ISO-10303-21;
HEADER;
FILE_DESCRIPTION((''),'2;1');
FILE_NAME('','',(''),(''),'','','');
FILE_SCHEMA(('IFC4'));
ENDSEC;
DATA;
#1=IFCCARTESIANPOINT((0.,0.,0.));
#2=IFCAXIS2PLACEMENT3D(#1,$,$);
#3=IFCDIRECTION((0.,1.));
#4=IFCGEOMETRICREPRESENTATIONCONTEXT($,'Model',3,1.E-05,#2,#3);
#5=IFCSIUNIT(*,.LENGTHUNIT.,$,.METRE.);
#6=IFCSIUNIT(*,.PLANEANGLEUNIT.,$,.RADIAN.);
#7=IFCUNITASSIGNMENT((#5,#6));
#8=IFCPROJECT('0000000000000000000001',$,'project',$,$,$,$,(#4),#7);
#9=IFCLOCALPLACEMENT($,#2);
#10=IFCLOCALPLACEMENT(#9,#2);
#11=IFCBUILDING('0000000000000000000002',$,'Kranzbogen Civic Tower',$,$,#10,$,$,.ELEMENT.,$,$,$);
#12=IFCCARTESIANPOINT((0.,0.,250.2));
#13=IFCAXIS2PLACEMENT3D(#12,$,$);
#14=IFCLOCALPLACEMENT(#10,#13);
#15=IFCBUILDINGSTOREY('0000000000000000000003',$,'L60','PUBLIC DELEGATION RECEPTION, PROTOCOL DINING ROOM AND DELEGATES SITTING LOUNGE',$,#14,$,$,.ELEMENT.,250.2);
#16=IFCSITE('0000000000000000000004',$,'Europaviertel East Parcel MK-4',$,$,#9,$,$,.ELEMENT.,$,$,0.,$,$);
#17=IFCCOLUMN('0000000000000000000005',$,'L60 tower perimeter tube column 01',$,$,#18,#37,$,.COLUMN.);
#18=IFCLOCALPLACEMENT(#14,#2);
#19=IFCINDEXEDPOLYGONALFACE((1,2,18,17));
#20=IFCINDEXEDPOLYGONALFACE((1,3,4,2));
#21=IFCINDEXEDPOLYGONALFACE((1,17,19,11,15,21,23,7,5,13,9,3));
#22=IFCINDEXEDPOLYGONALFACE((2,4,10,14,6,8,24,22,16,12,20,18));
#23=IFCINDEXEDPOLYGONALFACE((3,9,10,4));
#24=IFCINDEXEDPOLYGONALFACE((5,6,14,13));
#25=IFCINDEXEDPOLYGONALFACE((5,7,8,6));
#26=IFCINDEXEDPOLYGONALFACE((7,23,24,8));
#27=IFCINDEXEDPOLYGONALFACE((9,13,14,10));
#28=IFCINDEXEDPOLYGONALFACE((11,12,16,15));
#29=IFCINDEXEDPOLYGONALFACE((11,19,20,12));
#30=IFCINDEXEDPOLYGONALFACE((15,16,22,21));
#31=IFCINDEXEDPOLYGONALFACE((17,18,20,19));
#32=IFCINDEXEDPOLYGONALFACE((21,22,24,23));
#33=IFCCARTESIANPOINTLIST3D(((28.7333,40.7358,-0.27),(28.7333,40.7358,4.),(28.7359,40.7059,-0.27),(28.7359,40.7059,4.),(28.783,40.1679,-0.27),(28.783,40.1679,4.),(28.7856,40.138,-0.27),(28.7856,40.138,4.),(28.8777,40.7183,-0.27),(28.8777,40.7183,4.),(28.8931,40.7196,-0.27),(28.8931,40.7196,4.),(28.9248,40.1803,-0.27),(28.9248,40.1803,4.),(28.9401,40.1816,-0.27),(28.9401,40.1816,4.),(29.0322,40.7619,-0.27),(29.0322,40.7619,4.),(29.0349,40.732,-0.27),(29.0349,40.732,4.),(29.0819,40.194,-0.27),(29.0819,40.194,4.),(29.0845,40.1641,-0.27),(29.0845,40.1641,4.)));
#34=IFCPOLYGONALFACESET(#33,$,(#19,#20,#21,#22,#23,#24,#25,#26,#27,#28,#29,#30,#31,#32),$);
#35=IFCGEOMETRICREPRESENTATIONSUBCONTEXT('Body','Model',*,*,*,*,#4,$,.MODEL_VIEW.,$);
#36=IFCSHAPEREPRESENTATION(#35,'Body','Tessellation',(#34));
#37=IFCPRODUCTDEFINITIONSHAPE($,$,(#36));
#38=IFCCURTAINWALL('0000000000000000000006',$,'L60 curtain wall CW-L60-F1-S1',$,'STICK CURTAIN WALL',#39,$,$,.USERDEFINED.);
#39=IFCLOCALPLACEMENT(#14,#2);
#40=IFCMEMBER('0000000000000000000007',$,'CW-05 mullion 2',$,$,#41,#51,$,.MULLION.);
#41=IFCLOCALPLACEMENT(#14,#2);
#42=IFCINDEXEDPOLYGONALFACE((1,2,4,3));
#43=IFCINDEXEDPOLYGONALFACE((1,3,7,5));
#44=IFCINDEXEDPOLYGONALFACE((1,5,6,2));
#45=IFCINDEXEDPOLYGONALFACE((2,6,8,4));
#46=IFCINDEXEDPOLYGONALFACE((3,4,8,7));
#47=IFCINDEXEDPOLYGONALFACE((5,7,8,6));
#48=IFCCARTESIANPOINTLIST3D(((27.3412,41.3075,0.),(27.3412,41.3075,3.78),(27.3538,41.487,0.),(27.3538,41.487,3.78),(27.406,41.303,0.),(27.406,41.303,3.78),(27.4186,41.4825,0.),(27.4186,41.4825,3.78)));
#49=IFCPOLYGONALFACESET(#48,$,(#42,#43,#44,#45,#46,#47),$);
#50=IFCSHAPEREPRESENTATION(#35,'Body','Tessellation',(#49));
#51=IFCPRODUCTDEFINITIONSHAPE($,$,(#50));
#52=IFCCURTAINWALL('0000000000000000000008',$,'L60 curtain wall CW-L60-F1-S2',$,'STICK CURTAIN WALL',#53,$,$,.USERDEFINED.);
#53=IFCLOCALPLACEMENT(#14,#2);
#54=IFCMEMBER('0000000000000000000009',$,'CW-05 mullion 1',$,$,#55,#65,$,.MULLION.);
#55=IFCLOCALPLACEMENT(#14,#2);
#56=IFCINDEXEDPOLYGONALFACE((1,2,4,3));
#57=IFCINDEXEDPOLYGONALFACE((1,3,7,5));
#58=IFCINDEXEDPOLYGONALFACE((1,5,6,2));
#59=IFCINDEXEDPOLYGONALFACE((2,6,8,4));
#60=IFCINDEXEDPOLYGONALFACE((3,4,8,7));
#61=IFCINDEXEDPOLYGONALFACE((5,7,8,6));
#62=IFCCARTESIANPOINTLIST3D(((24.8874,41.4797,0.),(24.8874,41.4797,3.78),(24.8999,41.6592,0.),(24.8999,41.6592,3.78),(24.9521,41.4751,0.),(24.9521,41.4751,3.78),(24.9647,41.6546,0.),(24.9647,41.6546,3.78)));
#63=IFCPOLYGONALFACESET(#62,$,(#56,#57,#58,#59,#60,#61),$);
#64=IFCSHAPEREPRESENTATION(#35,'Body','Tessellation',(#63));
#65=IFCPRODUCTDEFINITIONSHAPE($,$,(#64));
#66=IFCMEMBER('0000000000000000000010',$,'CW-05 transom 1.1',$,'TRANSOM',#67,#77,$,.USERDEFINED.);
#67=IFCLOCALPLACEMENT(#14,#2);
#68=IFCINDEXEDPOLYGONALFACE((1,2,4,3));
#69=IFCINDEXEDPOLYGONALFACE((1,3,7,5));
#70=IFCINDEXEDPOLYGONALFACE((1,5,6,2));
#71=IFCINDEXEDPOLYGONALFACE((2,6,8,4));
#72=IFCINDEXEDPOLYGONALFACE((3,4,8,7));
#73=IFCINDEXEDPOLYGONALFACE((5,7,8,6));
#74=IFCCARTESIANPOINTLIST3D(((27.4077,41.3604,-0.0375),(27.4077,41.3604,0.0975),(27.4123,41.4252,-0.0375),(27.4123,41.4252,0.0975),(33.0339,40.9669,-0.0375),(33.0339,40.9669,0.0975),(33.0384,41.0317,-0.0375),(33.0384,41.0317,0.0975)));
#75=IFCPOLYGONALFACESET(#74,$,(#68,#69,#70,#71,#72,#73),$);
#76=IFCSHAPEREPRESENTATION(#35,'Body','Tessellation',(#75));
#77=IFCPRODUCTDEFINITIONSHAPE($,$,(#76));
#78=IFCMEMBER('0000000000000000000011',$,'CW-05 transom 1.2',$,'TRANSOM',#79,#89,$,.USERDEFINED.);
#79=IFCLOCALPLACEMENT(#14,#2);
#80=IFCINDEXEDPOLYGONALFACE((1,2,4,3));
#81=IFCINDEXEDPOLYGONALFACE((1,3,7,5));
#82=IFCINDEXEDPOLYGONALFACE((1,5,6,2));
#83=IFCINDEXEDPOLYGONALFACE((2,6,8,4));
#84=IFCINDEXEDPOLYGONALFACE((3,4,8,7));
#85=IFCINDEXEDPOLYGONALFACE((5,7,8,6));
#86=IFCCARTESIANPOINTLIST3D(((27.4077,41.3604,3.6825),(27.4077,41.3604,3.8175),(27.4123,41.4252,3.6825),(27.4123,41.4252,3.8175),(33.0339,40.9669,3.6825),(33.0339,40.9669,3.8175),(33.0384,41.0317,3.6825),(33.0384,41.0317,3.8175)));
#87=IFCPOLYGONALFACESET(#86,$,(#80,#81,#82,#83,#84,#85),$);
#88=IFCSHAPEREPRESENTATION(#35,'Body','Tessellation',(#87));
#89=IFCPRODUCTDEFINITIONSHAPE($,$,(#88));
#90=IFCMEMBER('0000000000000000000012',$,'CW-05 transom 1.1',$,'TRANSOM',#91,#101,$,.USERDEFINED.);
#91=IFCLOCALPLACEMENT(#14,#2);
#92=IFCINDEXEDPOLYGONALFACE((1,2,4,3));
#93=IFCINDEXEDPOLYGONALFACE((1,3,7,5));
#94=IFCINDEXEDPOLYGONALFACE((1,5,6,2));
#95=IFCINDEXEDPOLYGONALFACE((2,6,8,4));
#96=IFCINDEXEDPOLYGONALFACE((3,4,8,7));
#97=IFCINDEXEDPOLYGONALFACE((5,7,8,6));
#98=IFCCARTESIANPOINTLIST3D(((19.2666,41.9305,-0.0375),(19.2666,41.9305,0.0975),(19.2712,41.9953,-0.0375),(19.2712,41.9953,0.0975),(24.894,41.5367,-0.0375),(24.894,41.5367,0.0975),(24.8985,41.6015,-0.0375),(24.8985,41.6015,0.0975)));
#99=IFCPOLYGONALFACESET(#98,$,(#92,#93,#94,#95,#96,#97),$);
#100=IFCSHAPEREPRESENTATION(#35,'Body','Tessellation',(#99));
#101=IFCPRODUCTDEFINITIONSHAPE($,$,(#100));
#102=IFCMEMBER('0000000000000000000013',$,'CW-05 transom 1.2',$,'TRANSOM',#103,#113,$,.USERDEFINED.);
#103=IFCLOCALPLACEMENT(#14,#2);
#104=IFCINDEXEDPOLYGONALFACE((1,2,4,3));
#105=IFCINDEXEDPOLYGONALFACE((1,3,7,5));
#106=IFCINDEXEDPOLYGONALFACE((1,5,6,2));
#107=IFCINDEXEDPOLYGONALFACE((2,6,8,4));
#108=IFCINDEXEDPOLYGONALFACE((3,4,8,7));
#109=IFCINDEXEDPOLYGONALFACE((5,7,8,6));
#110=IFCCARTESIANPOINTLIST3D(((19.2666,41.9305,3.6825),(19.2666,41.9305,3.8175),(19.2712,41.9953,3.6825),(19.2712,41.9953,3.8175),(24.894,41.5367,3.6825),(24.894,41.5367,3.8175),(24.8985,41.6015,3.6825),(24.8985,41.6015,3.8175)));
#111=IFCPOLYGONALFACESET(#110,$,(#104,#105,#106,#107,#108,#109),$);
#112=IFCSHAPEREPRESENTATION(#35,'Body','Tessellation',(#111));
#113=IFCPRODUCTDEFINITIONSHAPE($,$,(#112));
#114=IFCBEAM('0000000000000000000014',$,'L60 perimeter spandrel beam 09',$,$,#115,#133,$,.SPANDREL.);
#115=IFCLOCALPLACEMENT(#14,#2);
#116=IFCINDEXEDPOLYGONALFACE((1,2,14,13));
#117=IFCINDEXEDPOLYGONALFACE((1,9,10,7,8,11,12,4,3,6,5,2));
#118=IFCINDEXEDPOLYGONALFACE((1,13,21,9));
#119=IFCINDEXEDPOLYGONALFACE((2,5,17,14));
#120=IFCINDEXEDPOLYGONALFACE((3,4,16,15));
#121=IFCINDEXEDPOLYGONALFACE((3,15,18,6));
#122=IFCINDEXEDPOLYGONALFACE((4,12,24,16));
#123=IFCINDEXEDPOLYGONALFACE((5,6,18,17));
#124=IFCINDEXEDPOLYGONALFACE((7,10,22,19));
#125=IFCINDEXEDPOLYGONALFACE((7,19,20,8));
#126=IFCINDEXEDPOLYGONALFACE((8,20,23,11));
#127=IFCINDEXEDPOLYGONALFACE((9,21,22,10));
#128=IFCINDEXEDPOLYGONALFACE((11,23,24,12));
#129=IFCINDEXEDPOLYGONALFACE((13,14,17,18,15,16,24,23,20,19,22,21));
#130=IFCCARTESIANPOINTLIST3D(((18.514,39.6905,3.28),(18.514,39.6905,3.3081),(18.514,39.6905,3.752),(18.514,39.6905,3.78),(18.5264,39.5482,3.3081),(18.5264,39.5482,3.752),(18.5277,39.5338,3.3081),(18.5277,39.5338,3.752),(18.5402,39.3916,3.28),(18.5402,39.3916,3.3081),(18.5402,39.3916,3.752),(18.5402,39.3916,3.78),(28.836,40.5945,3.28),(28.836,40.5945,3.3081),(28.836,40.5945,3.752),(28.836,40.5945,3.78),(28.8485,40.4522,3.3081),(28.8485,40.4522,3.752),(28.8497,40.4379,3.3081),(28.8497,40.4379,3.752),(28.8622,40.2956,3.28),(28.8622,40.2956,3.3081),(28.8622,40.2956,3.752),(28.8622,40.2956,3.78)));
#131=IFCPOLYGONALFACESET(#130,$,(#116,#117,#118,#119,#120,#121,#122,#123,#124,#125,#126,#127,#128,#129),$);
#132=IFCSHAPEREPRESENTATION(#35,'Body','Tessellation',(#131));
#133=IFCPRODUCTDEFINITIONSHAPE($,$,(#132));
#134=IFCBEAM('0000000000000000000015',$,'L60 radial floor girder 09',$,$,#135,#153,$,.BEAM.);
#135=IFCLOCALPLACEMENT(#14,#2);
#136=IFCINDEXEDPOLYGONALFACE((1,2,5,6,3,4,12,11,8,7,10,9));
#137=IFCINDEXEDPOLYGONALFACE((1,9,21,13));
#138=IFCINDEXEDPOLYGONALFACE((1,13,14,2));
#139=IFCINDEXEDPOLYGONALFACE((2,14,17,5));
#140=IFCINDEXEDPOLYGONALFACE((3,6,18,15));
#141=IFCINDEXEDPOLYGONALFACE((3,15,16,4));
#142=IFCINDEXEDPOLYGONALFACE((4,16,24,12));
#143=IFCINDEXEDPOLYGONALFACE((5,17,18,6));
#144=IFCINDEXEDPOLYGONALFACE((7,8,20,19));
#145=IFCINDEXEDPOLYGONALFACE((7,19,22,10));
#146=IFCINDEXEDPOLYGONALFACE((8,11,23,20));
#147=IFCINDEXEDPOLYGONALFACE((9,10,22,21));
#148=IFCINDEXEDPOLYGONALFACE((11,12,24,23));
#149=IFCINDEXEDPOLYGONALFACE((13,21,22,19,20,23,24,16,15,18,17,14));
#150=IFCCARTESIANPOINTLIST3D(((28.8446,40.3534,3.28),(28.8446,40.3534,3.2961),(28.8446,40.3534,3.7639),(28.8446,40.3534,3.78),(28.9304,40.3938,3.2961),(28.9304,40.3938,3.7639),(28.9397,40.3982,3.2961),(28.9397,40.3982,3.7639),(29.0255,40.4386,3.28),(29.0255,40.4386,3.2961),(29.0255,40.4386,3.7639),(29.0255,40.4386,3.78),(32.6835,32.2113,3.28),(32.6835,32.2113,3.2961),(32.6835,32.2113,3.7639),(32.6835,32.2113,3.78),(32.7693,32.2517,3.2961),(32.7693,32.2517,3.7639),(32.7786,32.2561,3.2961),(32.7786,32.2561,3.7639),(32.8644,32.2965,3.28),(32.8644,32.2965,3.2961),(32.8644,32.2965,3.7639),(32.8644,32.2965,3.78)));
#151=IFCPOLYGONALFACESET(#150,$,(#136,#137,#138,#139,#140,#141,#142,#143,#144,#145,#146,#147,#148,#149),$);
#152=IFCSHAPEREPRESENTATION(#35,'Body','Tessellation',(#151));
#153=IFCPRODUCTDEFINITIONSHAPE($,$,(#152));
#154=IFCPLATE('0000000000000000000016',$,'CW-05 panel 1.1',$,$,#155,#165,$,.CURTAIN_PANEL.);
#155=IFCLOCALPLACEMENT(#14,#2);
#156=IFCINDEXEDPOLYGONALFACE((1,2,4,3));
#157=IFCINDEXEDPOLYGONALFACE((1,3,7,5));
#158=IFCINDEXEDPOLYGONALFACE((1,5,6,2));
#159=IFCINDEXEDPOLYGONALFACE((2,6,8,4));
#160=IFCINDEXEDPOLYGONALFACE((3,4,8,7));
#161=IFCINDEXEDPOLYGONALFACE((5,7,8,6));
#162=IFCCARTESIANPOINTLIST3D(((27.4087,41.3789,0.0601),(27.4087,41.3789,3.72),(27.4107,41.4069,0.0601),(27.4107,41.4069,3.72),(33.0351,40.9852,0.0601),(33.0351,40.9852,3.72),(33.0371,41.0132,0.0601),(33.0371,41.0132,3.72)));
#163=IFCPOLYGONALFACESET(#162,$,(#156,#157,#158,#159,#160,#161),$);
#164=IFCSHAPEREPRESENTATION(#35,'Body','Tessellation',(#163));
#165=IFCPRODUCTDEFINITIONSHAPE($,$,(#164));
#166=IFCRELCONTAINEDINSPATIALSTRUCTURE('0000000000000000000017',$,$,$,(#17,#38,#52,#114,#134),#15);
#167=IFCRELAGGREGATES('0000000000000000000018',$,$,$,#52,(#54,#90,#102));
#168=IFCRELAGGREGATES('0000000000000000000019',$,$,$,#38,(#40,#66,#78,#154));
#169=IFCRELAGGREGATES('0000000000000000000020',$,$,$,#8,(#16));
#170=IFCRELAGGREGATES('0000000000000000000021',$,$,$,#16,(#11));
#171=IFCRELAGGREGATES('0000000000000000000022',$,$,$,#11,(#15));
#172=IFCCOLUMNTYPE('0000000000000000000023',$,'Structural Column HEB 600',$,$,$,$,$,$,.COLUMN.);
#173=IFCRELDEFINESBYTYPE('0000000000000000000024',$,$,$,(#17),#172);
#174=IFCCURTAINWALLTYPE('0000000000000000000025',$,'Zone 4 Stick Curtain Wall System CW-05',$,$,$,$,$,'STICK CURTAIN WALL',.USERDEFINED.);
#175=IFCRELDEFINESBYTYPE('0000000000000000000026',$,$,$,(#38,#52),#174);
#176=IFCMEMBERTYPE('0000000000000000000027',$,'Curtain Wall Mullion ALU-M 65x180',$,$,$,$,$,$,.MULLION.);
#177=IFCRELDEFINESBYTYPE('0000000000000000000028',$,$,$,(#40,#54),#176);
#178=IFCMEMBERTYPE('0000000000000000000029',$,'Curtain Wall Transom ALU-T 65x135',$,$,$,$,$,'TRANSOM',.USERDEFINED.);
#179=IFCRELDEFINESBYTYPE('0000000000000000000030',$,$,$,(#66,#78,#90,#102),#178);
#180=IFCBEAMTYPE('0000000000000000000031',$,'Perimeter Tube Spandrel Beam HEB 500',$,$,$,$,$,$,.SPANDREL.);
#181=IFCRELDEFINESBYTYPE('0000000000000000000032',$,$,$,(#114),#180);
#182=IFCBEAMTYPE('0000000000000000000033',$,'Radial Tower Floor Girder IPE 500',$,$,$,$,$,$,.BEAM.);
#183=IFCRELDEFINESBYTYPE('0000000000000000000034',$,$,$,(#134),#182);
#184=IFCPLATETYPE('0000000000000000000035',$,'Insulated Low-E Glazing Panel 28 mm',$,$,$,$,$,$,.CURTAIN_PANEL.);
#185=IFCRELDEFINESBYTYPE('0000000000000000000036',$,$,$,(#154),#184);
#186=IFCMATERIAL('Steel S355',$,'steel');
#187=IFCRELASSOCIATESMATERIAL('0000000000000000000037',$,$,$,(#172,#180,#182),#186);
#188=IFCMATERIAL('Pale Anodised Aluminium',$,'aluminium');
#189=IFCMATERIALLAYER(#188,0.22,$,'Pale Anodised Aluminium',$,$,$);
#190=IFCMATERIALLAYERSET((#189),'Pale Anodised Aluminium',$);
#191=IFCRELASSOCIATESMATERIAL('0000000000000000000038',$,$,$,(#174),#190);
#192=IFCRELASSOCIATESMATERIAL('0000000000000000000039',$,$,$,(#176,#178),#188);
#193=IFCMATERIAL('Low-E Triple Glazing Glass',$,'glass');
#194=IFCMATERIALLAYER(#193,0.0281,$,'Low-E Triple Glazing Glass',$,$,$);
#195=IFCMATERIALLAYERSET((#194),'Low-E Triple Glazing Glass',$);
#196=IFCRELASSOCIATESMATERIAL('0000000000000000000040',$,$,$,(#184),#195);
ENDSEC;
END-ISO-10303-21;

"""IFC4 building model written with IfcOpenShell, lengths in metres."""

from ifc_helpers import new_model, si_unit, direction, frame, origin, origin_2d, place, context, subcontext, project, spatial, rectangle, i_section, extrude, material, layer, layer_set, material_profile, profile_set, type_object, element, aggregate, save


model = new_model("IFC4")

# Units and contexts
model_context = context("Model", 3, precision=1e-05, world=origin(), true_north=direction((0.0, 1.0)))
body_context = subcontext(model_context, "Body", "Model", "MODEL_VIEW")
ifc_project = project(units=[si_unit("LENGTHUNIT", "METRE"), si_unit("PLANEANGLEUNIT", "RADIAN")], contexts=[model_context])

# Site, building, storey
site_placement = place(None, origin())
site = spatial("IfcSite", under=ifc_project, at=site_placement, Name="Europaviertel East Parcel MK-4", CompositionType="ELEMENT", RefElevation=0.0)
building_placement = place(site_placement, origin())
building = spatial("IfcBuilding", under=site, at=building_placement, Name="Kranzbogen Civic Tower", CompositionType="ELEMENT")
storey_placement = place(building_placement, frame((0.0, 0.0, 250.2)))
storey = spatial("IfcBuildingStorey", under=building, at=storey_placement, Name="L60", Description="PUBLIC DELEGATION RECEPTION, PROTOCOL DINING ROOM AND DELEGATES SITTING LOUNGE", CompositionType="ELEMENT", Elevation=250.2)

# Column
ifc_material_1 = material(Name="Steel S355", Category="steel")
ifc_material_profile_1 = material_profile(ifc_material_1, i_section(OverallWidth=0.3, OverallDepth=0.6001, WebThickness=0.0154, FlangeThickness=0.03, at=origin_2d()), Name="HEB 600")
ifc_profile_set_1 = profile_set([ifc_material_profile_1], Name="Steel S355")
column_type = type_object("IfcColumnType", Name="Structural Column HEB 600", PredefinedType="COLUMN", material=ifc_profile_set_1)
column_placement = place(storey_placement, frame((28.9089, 40.45, -0.27), z_axis=(0.0, 0.0, 1.0), x_axis=(0.996195, 0.087156, 0.0)))
element("IfcColumn", 1, at=column_placement, inside=storey, type_object=column_type, Name="L60 tower perimeter tube column 01", PredefinedType="COLUMN", context=body_context, shape_type="SweptSolid", body=[
    extrude(i_section(OverallWidth=0.3, OverallDepth=0.6001, WebThickness=0.0154, FlangeThickness=0.03, at=origin_2d()), origin(), (0.0, 0.0, 1.0), 4.27),
])

# Curtain walls, members
ifc_material_2 = material(Name="Pale Anodised Aluminium", Category="aluminium")
ifc_layer_1 = layer(ifc_material_2, 0.22, Name="Pale Anodised Aluminium")
ifc_layer_set_1 = layer_set([ifc_layer_1], Name="Pale Anodised Aluminium")
curtain_wall_type = type_object("IfcCurtainWallType", Name="Zone 4 Stick Curtain Wall System CW-05", ElementType="STICK CURTAIN WALL", PredefinedType="USERDEFINED", material=ifc_layer_set_1)
curtain_wall_1_placement = place(storey_placement, origin())
curtain_wall_1 = element("IfcCurtainWall", 2, at=curtain_wall_1_placement, inside=storey, type_object=curtain_wall_type, Name="L60 curtain wall CW-L60-F1-S1", ObjectType="STICK CURTAIN WALL", PredefinedType="USERDEFINED")
ifc_material_profile_2 = material_profile(ifc_material_2, rectangle(XDim=0.0649, YDim=0.1799, at=origin_2d()), Name="ALU-M 65x180")
ifc_profile_set_2 = profile_set([ifc_material_profile_2], Name="Pale Anodised Aluminium")
member_type_1 = type_object("IfcMemberType", Name="Curtain Wall Mullion ALU-M 65x180", PredefinedType="MULLION", material=ifc_profile_set_2)
member_1_placement = place(storey_placement, frame((27.3799, 41.395, 0.0), z_axis=(0.0, 0.0, 1.0), x_axis=(-0.997562, 0.069791, 0.0)))
member_1 = element("IfcMember", 3, at=member_1_placement, type_object=member_type_1, Name="CW-05 mullion 2", PredefinedType="MULLION", context=body_context, shape_type="SweptSolid", body=[
    extrude(rectangle(XDim=0.0649, YDim=0.1799, at=origin_2d()), origin(), (0.0, 0.0, 1.0), 3.78),
])
curtain_wall_2_placement = place(storey_placement, origin())
curtain_wall_2 = element("IfcCurtainWall", 4, at=curtain_wall_2_placement, inside=storey, type_object=curtain_wall_type, Name="L60 curtain wall CW-L60-F1-S2", ObjectType="STICK CURTAIN WALL", PredefinedType="USERDEFINED")
member_2_placement = place(storey_placement, frame((24.926, 41.5671, 0.0), z_axis=(0.0, 0.0, 1.0), x_axis=(-0.997562, 0.069779, 0.0)))
member_2 = element("IfcMember", 5, at=member_2_placement, type_object=member_type_1, Name="CW-05 mullion 1", PredefinedType="MULLION", context=body_context, shape_type="SweptSolid", body=[
    extrude(rectangle(XDim=0.0649, YDim=0.1799, at=origin_2d()), origin(), (0.0, 0.0, 1.0), 3.78),
])

# Members
ifc_material_profile_3 = material_profile(ifc_material_2, rectangle(XDim=0.0649, YDim=0.135, at=origin_2d()), Name="ALU-T 65x135")
ifc_profile_set_3 = profile_set([ifc_material_profile_3], Name="Pale Anodised Aluminium")
member_type_2 = type_object("IfcMemberType", Name="Curtain Wall Transom ALU-T 65x135", ElementType="TRANSOM", PredefinedType="USERDEFINED", material=ifc_profile_set_3)
member_3_placement = place(storey_placement, frame((33.0361, 40.9993, 0.03), z_axis=(-0.997562, 0.06978, 0.0), x_axis=(-0.06978, -0.997562, 0.0)))
member_3 = element("IfcMember", 6, at=member_3_placement, type_object=member_type_2, Name="CW-05 transom 1.1", ObjectType="TRANSOM", PredefinedType="USERDEFINED", context=body_context, shape_type="SweptSolid", body=[
    extrude(rectangle(XDim=0.0649, YDim=0.135, at=origin_2d()), origin(), (0.0, 0.0, 1.0), 5.6399),
])
member_4_placement = place(storey_placement, frame((33.0361, 40.9993, 3.75), z_axis=(-0.997562, 0.06978, 0.0), x_axis=(-0.06978, -0.997562, 0.0)))
member_4 = element("IfcMember", 7, at=member_4_placement, type_object=member_type_2, Name="CW-05 transom 1.2", ObjectType="TRANSOM", PredefinedType="USERDEFINED", context=body_context, shape_type="SweptSolid", body=[
    extrude(rectangle(XDim=0.0649, YDim=0.135, at=origin_2d()), origin(), (0.0, 0.0, 1.0), 5.6399),
])
member_5_placement = place(storey_placement, frame((24.8962, 41.5691, 0.03), z_axis=(-0.99756, 0.069808, 0.0), x_axis=(-0.069808, -0.99756, 0.0)))
member_5 = element("IfcMember", 8, at=member_5_placement, type_object=member_type_2, Name="CW-05 transom 1.1", ObjectType="TRANSOM", PredefinedType="USERDEFINED", context=body_context, shape_type="SweptSolid", body=[
    extrude(rectangle(XDim=0.0649, YDim=0.135, at=origin_2d()), origin(), (0.0, 0.0, 1.0), 5.6411),
])
member_6_placement = place(storey_placement, frame((24.8962, 41.5691, 3.75), z_axis=(-0.99756, 0.069808, 0.0), x_axis=(-0.069808, -0.99756, 0.0)))
member_6 = element("IfcMember", 9, at=member_6_placement, type_object=member_type_2, Name="CW-05 transom 1.2", ObjectType="TRANSOM", PredefinedType="USERDEFINED", context=body_context, shape_type="SweptSolid", body=[
    extrude(rectangle(XDim=0.0649, YDim=0.135, at=origin_2d()), origin(), (0.0, 0.0, 1.0), 5.6411),
])
aggregate(curtain_wall_2, [member_2, member_5, member_6])

# Beams
ifc_material_profile_4 = material_profile(ifc_material_1, i_section(OverallWidth=0.3, OverallDepth=0.5, WebThickness=0.0144, FlangeThickness=0.0281, at=origin_2d()), Name="HEB 500")
ifc_profile_set_4 = profile_set([ifc_material_profile_4], Name="Steel S355")
beam_type_1 = type_object("IfcBeamType", Name="Perimeter Tube Spandrel Beam HEB 500", PredefinedType="SPANDREL", material=ifc_profile_set_4)
beam_1_placement = place(storey_placement, frame((28.8491, 40.4451, 3.53), z_axis=(-0.996186, -0.087251, 0.0), x_axis=(0.087251, -0.996186, 0.0)))
element("IfcBeam", 10, at=beam_1_placement, inside=storey, type_object=beam_type_1, Name="L60 perimeter spandrel beam 09", PredefinedType="SPANDREL", context=body_context, shape_type="SweptSolid", body=[
    extrude(i_section(OverallWidth=0.3, OverallDepth=0.5, WebThickness=0.0144, FlangeThickness=0.0281, at=origin_2d()), origin(), (0.0, 0.0, 1.0), 10.3616),
])
ifc_material_profile_5 = material_profile(ifc_material_1, i_section(OverallWidth=0.2, OverallDepth=0.5, WebThickness=0.0103, FlangeThickness=0.0161, at=origin_2d()), Name="IPE 500")
ifc_profile_set_5 = profile_set([ifc_material_profile_5], Name="Steel S355")
beam_type_2 = type_object("IfcBeamType", Name="Radial Tower Floor Girder IPE 500", PredefinedType="BEAM", material=ifc_profile_set_5)
beam_2_placement = place(storey_placement, frame((28.9351, 40.396, 3.53), z_axis=(0.42646, -0.904506, 0.0), x_axis=(0.904506, 0.42646, 0.0)))
element("IfcBeam", 11, at=beam_2_placement, inside=storey, type_object=beam_type_2, Name="L60 radial floor girder 09", PredefinedType="BEAM", context=body_context, shape_type="SweptSolid", body=[
    extrude(i_section(OverallWidth=0.2, OverallDepth=0.5, WebThickness=0.0103, FlangeThickness=0.0161, at=origin_2d()), origin(), (0.0, 0.0, 1.0), 9.0017),
])

# Plate
ifc_material_3 = material(Name="Low-E Triple Glazing Glass", Category="glass")
ifc_layer_2 = layer(ifc_material_3, 0.0281, Name="Low-E Triple Glazing Glass")
ifc_layer_set_2 = layer_set([ifc_layer_2], Name="Low-E Triple Glazing Glass")
plate_type = type_object("IfcPlateType", Name="Insulated Low-E Glazing Panel 28 mm", PredefinedType="CURTAIN_PANEL", material=ifc_layer_set_2)
plate_placement = place(storey_placement, frame((30.2229, 41.196, 0.0601), z_axis=(0.0, 0.0, 1.0), x_axis=(-0.997562, 0.069791, 0.0)))
plate = element("IfcPlate", 12, at=plate_placement, type_object=plate_type, Name="CW-05 panel 1.1", PredefinedType="CURTAIN_PANEL", context=body_context, shape_type="SweptSolid", body=[
    extrude(rectangle(XDim=5.6401, YDim=0.0281, at=origin_2d()), origin(), (0.0, 0.0, 1.0), 3.6599),
])
aggregate(curtain_wall_1, [member_1, member_3, member_4, plate])

save(model, "model.ifc")
